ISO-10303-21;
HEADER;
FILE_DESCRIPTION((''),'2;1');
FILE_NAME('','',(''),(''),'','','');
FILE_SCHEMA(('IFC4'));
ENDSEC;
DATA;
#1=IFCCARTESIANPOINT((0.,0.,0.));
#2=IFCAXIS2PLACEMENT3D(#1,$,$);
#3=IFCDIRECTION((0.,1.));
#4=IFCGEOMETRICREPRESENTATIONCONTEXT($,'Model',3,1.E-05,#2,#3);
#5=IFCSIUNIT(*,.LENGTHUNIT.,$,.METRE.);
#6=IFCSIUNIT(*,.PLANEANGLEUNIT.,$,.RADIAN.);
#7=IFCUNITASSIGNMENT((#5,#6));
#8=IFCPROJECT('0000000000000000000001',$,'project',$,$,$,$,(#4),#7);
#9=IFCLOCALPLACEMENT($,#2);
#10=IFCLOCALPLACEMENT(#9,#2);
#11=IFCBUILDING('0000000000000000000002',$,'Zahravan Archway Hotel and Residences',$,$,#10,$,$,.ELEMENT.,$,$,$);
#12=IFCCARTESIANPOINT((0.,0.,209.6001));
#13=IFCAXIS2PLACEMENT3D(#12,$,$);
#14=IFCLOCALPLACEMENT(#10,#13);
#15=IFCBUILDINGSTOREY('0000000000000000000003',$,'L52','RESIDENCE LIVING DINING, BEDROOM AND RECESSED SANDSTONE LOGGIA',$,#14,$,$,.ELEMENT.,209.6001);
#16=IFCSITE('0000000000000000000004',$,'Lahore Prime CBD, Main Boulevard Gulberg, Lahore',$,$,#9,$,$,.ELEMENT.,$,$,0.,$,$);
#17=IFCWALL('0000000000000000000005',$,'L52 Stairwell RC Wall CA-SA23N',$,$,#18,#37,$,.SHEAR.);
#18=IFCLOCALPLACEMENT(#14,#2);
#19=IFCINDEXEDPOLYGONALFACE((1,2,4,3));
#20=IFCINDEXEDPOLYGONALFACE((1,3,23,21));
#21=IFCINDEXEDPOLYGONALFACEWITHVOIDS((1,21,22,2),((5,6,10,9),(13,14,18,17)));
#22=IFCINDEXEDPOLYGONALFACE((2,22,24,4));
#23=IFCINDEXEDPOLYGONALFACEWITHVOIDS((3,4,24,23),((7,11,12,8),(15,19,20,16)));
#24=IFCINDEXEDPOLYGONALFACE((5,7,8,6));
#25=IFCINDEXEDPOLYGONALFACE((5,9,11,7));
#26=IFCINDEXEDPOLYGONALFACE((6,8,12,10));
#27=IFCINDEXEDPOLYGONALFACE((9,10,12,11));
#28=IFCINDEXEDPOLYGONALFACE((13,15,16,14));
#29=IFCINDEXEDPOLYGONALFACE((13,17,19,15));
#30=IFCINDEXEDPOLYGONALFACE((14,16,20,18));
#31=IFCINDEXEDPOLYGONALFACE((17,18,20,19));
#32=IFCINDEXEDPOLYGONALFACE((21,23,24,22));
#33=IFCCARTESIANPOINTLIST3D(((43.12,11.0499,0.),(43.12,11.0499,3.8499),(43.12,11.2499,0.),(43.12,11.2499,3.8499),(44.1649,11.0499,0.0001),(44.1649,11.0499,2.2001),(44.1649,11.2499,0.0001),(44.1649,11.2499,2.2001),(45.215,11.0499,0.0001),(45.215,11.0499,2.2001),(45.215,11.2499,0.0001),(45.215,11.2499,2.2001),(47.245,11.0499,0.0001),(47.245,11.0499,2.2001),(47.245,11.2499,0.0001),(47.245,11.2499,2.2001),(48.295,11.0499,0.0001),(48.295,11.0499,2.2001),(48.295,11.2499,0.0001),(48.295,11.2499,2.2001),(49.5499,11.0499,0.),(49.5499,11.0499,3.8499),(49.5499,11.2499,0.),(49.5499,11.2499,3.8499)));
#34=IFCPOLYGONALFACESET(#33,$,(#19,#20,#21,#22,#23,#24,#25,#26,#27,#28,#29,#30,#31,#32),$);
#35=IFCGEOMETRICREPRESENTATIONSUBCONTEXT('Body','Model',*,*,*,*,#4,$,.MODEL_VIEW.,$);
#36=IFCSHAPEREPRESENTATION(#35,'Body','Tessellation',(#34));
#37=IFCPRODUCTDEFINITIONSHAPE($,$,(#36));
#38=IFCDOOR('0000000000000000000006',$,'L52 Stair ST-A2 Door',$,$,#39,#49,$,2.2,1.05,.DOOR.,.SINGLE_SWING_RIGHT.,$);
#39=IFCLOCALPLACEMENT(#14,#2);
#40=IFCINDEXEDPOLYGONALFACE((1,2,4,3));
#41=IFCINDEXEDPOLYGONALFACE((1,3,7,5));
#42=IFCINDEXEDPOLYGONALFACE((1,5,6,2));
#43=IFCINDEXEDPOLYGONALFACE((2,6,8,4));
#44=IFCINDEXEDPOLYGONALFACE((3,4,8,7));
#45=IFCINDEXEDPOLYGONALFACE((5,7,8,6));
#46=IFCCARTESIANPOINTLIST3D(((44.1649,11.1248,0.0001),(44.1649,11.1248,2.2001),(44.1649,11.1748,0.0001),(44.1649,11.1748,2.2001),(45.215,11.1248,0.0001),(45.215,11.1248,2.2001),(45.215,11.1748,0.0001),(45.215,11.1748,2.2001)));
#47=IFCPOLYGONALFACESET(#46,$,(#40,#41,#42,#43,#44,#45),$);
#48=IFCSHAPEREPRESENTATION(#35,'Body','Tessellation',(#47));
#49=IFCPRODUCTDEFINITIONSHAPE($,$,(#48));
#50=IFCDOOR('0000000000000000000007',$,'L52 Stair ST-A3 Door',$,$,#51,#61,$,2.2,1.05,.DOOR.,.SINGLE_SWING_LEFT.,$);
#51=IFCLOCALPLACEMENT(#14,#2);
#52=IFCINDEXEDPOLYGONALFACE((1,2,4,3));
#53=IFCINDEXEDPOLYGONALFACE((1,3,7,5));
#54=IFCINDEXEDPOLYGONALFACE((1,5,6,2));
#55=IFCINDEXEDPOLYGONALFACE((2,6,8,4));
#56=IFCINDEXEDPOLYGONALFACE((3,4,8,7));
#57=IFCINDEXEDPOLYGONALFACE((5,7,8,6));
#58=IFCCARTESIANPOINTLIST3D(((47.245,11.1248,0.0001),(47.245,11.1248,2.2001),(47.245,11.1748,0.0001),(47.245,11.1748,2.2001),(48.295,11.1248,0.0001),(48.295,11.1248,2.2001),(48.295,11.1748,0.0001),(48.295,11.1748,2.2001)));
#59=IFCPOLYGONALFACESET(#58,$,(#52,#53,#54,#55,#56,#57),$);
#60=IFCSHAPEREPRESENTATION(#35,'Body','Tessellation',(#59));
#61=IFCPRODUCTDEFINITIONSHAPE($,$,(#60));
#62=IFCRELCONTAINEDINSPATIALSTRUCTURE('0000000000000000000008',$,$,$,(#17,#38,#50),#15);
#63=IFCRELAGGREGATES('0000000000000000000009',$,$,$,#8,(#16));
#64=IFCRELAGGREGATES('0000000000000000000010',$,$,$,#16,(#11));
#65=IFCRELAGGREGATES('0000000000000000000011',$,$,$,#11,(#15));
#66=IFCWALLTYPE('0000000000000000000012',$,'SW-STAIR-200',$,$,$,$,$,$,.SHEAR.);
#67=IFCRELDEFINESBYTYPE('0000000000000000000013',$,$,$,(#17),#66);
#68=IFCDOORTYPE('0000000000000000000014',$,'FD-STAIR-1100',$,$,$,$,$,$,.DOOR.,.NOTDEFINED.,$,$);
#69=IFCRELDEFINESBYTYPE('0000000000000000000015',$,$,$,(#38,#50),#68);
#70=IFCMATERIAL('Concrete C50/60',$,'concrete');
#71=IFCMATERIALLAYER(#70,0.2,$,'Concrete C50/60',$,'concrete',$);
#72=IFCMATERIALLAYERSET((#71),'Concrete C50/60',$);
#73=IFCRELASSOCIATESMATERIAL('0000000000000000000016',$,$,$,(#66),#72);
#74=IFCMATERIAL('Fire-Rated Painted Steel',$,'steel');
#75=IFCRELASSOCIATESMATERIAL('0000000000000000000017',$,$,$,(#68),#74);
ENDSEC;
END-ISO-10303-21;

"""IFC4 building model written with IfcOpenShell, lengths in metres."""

from ifc_helpers import new_model, si_unit, direction, frame, frame_2d, origin, place, context, subcontext, project, spatial, rectangle, extrude, source, transform, mapped, material, layer, layer_set, type_object, type_shapes, element, fill, save


model = new_model("IFC4")

# Units and contexts
model_context = context("Model", 3, precision=1e-05, world=origin(), true_north=direction((0.0, 1.0)))
body_context = subcontext(model_context, "Body", "Model", "MODEL_VIEW")
ifc_project = project(units=[si_unit("LENGTHUNIT", "METRE"), si_unit("PLANEANGLEUNIT", "RADIAN")], contexts=[model_context])

# Site, building, storey
site_placement = place(None, origin())
site = spatial("IfcSite", under=ifc_project, at=site_placement, Name="Lahore Prime CBD, Main Boulevard Gulberg, Lahore", CompositionType="ELEMENT", RefElevation=0.0)
building_placement = place(site_placement, origin())
building = spatial("IfcBuilding", under=site, at=building_placement, Name="Zahravan Archway Hotel and Residences", CompositionType="ELEMENT")
storey_placement = place(building_placement, frame((0.0, 0.0, 209.6001)))
storey = spatial("IfcBuildingStorey", under=building, at=storey_placement, Name="L52", Description="RESIDENCE LIVING DINING, BEDROOM AND RECESSED SANDSTONE LOGGIA", CompositionType="ELEMENT", Elevation=209.6001)

# Shared definitions
ifc_material_1 = material(Name="Fire-Rated Painted Steel", Category="steel")

# Wall, openings, doors
ifc_material_2 = material(Name="Concrete C50/60", Category="concrete")
ifc_layer_1 = layer(ifc_material_2, 0.2, Name="Concrete C50/60", Category="concrete")
ifc_layer_set_1 = layer_set([ifc_layer_1], Name="Concrete C50/60")
wall_type_1 = type_object("IfcWallType", Name="SW-STAIR-200", PredefinedType="SHEAR", material=ifc_layer_set_1)
wall_1_placement = place(storey_placement, frame((43.1201, 11.1499, 0.0), z_axis=(0.0, 0.0, 1.0), x_axis=(1.0, 0.0, 0.0)))
wall_1 = element("IfcWall", 1, at=wall_1_placement, inside=storey, type_object=wall_type_1, Name="L52 Stairwell RC Wall CA-SA23N", PredefinedType="SHEAR", context=body_context, shape_type="SweptSolid", body=[
    extrude(rectangle(XDim=6.4299, YDim=0.2, at=frame_2d((3.2148, 0.0))), origin(), (0.0, 0.0, 1.0), 3.8499),
])
opening_1_placement = place(wall_1_placement, frame((1.0449, 0.0, 0.0)))
opening_1 = element("IfcOpeningElement", 2, at=opening_1_placement, cuts=wall_1, PredefinedType="OPENING", context=body_context, shape_type="SweptSolid", body=[
    extrude(rectangle(XDim=1.05, YDim=2.2, at=frame_2d((0.5249, 1.1001))), frame((0.0, 0.1099, 0.0), z_axis=(0.0, -1.0, 0.0), x_axis=(1.0, 0.0, 0.0)), (0.0, 0.0, 1.0), 0.22),
])
opening_2_placement = place(wall_1_placement, frame((4.125, 0.0, 0.0)))
opening_2 = element("IfcOpeningElement", 3, at=opening_2_placement, cuts=wall_1, PredefinedType="OPENING", context=body_context, shape_type="SweptSolid", body=[
    extrude(rectangle(XDim=1.05, YDim=2.2, at=frame_2d((0.5249, 1.1001))), frame((0.0, 0.1099, 0.0), z_axis=(0.0, -1.0, 0.0), x_axis=(1.0, 0.0, 0.0)), (0.0, 0.0, 1.0), 0.22),
])
door_type_1 = type_object("IfcDoorType", Name="FD-STAIR-1100", OperationType="NOTDEFINED", PredefinedType="DOOR", material=ifc_material_1)
shared_shape_1 = source(origin(), body_context, "Body", "SweptSolid", [
    extrude(rectangle(XDim=1.05, YDim=2.2, at=frame_2d((0.5249, 1.1001))), frame((0.0, 0.0249, 0.0), z_axis=(0.0, -1.0, 0.0), x_axis=(1.0, 0.0, 0.0)), (0.0, 0.0, 1.0), 0.05),
])
type_shapes(door_type_1, [shared_shape_1])
door_1_placement = place(opening_1_placement, origin())
door_1 = element("IfcDoor", 4, at=door_1_placement, inside=storey, type_object=door_type_1, Name="L52 Stair ST-A2 Door", OperationType="SINGLE_SWING_RIGHT", OverallHeight=2.2, OverallWidth=1.05, PredefinedType="DOOR", context=body_context, shape_type="MappedRepresentation", body=[
    mapped(shared_shape_1, transform((0.0, 0.0, 0.0), scale=1.0)),
])
fill(opening_1, door_1)
door_2_placement = place(opening_2_placement, origin())
door_2 = element("IfcDoor", 5, at=door_2_placement, inside=storey, type_object=door_type_1, Name="L52 Stair ST-A3 Door", OperationType="SINGLE_SWING_LEFT", OverallHeight=2.2, OverallWidth=1.05, PredefinedType="DOOR", context=body_context, shape_type="MappedRepresentation", body=[
    mapped(shared_shape_1, transform((0.0, 0.0, 0.0), scale=1.0)),
])
fill(opening_2, door_2)

save(model, "model.ifc")
